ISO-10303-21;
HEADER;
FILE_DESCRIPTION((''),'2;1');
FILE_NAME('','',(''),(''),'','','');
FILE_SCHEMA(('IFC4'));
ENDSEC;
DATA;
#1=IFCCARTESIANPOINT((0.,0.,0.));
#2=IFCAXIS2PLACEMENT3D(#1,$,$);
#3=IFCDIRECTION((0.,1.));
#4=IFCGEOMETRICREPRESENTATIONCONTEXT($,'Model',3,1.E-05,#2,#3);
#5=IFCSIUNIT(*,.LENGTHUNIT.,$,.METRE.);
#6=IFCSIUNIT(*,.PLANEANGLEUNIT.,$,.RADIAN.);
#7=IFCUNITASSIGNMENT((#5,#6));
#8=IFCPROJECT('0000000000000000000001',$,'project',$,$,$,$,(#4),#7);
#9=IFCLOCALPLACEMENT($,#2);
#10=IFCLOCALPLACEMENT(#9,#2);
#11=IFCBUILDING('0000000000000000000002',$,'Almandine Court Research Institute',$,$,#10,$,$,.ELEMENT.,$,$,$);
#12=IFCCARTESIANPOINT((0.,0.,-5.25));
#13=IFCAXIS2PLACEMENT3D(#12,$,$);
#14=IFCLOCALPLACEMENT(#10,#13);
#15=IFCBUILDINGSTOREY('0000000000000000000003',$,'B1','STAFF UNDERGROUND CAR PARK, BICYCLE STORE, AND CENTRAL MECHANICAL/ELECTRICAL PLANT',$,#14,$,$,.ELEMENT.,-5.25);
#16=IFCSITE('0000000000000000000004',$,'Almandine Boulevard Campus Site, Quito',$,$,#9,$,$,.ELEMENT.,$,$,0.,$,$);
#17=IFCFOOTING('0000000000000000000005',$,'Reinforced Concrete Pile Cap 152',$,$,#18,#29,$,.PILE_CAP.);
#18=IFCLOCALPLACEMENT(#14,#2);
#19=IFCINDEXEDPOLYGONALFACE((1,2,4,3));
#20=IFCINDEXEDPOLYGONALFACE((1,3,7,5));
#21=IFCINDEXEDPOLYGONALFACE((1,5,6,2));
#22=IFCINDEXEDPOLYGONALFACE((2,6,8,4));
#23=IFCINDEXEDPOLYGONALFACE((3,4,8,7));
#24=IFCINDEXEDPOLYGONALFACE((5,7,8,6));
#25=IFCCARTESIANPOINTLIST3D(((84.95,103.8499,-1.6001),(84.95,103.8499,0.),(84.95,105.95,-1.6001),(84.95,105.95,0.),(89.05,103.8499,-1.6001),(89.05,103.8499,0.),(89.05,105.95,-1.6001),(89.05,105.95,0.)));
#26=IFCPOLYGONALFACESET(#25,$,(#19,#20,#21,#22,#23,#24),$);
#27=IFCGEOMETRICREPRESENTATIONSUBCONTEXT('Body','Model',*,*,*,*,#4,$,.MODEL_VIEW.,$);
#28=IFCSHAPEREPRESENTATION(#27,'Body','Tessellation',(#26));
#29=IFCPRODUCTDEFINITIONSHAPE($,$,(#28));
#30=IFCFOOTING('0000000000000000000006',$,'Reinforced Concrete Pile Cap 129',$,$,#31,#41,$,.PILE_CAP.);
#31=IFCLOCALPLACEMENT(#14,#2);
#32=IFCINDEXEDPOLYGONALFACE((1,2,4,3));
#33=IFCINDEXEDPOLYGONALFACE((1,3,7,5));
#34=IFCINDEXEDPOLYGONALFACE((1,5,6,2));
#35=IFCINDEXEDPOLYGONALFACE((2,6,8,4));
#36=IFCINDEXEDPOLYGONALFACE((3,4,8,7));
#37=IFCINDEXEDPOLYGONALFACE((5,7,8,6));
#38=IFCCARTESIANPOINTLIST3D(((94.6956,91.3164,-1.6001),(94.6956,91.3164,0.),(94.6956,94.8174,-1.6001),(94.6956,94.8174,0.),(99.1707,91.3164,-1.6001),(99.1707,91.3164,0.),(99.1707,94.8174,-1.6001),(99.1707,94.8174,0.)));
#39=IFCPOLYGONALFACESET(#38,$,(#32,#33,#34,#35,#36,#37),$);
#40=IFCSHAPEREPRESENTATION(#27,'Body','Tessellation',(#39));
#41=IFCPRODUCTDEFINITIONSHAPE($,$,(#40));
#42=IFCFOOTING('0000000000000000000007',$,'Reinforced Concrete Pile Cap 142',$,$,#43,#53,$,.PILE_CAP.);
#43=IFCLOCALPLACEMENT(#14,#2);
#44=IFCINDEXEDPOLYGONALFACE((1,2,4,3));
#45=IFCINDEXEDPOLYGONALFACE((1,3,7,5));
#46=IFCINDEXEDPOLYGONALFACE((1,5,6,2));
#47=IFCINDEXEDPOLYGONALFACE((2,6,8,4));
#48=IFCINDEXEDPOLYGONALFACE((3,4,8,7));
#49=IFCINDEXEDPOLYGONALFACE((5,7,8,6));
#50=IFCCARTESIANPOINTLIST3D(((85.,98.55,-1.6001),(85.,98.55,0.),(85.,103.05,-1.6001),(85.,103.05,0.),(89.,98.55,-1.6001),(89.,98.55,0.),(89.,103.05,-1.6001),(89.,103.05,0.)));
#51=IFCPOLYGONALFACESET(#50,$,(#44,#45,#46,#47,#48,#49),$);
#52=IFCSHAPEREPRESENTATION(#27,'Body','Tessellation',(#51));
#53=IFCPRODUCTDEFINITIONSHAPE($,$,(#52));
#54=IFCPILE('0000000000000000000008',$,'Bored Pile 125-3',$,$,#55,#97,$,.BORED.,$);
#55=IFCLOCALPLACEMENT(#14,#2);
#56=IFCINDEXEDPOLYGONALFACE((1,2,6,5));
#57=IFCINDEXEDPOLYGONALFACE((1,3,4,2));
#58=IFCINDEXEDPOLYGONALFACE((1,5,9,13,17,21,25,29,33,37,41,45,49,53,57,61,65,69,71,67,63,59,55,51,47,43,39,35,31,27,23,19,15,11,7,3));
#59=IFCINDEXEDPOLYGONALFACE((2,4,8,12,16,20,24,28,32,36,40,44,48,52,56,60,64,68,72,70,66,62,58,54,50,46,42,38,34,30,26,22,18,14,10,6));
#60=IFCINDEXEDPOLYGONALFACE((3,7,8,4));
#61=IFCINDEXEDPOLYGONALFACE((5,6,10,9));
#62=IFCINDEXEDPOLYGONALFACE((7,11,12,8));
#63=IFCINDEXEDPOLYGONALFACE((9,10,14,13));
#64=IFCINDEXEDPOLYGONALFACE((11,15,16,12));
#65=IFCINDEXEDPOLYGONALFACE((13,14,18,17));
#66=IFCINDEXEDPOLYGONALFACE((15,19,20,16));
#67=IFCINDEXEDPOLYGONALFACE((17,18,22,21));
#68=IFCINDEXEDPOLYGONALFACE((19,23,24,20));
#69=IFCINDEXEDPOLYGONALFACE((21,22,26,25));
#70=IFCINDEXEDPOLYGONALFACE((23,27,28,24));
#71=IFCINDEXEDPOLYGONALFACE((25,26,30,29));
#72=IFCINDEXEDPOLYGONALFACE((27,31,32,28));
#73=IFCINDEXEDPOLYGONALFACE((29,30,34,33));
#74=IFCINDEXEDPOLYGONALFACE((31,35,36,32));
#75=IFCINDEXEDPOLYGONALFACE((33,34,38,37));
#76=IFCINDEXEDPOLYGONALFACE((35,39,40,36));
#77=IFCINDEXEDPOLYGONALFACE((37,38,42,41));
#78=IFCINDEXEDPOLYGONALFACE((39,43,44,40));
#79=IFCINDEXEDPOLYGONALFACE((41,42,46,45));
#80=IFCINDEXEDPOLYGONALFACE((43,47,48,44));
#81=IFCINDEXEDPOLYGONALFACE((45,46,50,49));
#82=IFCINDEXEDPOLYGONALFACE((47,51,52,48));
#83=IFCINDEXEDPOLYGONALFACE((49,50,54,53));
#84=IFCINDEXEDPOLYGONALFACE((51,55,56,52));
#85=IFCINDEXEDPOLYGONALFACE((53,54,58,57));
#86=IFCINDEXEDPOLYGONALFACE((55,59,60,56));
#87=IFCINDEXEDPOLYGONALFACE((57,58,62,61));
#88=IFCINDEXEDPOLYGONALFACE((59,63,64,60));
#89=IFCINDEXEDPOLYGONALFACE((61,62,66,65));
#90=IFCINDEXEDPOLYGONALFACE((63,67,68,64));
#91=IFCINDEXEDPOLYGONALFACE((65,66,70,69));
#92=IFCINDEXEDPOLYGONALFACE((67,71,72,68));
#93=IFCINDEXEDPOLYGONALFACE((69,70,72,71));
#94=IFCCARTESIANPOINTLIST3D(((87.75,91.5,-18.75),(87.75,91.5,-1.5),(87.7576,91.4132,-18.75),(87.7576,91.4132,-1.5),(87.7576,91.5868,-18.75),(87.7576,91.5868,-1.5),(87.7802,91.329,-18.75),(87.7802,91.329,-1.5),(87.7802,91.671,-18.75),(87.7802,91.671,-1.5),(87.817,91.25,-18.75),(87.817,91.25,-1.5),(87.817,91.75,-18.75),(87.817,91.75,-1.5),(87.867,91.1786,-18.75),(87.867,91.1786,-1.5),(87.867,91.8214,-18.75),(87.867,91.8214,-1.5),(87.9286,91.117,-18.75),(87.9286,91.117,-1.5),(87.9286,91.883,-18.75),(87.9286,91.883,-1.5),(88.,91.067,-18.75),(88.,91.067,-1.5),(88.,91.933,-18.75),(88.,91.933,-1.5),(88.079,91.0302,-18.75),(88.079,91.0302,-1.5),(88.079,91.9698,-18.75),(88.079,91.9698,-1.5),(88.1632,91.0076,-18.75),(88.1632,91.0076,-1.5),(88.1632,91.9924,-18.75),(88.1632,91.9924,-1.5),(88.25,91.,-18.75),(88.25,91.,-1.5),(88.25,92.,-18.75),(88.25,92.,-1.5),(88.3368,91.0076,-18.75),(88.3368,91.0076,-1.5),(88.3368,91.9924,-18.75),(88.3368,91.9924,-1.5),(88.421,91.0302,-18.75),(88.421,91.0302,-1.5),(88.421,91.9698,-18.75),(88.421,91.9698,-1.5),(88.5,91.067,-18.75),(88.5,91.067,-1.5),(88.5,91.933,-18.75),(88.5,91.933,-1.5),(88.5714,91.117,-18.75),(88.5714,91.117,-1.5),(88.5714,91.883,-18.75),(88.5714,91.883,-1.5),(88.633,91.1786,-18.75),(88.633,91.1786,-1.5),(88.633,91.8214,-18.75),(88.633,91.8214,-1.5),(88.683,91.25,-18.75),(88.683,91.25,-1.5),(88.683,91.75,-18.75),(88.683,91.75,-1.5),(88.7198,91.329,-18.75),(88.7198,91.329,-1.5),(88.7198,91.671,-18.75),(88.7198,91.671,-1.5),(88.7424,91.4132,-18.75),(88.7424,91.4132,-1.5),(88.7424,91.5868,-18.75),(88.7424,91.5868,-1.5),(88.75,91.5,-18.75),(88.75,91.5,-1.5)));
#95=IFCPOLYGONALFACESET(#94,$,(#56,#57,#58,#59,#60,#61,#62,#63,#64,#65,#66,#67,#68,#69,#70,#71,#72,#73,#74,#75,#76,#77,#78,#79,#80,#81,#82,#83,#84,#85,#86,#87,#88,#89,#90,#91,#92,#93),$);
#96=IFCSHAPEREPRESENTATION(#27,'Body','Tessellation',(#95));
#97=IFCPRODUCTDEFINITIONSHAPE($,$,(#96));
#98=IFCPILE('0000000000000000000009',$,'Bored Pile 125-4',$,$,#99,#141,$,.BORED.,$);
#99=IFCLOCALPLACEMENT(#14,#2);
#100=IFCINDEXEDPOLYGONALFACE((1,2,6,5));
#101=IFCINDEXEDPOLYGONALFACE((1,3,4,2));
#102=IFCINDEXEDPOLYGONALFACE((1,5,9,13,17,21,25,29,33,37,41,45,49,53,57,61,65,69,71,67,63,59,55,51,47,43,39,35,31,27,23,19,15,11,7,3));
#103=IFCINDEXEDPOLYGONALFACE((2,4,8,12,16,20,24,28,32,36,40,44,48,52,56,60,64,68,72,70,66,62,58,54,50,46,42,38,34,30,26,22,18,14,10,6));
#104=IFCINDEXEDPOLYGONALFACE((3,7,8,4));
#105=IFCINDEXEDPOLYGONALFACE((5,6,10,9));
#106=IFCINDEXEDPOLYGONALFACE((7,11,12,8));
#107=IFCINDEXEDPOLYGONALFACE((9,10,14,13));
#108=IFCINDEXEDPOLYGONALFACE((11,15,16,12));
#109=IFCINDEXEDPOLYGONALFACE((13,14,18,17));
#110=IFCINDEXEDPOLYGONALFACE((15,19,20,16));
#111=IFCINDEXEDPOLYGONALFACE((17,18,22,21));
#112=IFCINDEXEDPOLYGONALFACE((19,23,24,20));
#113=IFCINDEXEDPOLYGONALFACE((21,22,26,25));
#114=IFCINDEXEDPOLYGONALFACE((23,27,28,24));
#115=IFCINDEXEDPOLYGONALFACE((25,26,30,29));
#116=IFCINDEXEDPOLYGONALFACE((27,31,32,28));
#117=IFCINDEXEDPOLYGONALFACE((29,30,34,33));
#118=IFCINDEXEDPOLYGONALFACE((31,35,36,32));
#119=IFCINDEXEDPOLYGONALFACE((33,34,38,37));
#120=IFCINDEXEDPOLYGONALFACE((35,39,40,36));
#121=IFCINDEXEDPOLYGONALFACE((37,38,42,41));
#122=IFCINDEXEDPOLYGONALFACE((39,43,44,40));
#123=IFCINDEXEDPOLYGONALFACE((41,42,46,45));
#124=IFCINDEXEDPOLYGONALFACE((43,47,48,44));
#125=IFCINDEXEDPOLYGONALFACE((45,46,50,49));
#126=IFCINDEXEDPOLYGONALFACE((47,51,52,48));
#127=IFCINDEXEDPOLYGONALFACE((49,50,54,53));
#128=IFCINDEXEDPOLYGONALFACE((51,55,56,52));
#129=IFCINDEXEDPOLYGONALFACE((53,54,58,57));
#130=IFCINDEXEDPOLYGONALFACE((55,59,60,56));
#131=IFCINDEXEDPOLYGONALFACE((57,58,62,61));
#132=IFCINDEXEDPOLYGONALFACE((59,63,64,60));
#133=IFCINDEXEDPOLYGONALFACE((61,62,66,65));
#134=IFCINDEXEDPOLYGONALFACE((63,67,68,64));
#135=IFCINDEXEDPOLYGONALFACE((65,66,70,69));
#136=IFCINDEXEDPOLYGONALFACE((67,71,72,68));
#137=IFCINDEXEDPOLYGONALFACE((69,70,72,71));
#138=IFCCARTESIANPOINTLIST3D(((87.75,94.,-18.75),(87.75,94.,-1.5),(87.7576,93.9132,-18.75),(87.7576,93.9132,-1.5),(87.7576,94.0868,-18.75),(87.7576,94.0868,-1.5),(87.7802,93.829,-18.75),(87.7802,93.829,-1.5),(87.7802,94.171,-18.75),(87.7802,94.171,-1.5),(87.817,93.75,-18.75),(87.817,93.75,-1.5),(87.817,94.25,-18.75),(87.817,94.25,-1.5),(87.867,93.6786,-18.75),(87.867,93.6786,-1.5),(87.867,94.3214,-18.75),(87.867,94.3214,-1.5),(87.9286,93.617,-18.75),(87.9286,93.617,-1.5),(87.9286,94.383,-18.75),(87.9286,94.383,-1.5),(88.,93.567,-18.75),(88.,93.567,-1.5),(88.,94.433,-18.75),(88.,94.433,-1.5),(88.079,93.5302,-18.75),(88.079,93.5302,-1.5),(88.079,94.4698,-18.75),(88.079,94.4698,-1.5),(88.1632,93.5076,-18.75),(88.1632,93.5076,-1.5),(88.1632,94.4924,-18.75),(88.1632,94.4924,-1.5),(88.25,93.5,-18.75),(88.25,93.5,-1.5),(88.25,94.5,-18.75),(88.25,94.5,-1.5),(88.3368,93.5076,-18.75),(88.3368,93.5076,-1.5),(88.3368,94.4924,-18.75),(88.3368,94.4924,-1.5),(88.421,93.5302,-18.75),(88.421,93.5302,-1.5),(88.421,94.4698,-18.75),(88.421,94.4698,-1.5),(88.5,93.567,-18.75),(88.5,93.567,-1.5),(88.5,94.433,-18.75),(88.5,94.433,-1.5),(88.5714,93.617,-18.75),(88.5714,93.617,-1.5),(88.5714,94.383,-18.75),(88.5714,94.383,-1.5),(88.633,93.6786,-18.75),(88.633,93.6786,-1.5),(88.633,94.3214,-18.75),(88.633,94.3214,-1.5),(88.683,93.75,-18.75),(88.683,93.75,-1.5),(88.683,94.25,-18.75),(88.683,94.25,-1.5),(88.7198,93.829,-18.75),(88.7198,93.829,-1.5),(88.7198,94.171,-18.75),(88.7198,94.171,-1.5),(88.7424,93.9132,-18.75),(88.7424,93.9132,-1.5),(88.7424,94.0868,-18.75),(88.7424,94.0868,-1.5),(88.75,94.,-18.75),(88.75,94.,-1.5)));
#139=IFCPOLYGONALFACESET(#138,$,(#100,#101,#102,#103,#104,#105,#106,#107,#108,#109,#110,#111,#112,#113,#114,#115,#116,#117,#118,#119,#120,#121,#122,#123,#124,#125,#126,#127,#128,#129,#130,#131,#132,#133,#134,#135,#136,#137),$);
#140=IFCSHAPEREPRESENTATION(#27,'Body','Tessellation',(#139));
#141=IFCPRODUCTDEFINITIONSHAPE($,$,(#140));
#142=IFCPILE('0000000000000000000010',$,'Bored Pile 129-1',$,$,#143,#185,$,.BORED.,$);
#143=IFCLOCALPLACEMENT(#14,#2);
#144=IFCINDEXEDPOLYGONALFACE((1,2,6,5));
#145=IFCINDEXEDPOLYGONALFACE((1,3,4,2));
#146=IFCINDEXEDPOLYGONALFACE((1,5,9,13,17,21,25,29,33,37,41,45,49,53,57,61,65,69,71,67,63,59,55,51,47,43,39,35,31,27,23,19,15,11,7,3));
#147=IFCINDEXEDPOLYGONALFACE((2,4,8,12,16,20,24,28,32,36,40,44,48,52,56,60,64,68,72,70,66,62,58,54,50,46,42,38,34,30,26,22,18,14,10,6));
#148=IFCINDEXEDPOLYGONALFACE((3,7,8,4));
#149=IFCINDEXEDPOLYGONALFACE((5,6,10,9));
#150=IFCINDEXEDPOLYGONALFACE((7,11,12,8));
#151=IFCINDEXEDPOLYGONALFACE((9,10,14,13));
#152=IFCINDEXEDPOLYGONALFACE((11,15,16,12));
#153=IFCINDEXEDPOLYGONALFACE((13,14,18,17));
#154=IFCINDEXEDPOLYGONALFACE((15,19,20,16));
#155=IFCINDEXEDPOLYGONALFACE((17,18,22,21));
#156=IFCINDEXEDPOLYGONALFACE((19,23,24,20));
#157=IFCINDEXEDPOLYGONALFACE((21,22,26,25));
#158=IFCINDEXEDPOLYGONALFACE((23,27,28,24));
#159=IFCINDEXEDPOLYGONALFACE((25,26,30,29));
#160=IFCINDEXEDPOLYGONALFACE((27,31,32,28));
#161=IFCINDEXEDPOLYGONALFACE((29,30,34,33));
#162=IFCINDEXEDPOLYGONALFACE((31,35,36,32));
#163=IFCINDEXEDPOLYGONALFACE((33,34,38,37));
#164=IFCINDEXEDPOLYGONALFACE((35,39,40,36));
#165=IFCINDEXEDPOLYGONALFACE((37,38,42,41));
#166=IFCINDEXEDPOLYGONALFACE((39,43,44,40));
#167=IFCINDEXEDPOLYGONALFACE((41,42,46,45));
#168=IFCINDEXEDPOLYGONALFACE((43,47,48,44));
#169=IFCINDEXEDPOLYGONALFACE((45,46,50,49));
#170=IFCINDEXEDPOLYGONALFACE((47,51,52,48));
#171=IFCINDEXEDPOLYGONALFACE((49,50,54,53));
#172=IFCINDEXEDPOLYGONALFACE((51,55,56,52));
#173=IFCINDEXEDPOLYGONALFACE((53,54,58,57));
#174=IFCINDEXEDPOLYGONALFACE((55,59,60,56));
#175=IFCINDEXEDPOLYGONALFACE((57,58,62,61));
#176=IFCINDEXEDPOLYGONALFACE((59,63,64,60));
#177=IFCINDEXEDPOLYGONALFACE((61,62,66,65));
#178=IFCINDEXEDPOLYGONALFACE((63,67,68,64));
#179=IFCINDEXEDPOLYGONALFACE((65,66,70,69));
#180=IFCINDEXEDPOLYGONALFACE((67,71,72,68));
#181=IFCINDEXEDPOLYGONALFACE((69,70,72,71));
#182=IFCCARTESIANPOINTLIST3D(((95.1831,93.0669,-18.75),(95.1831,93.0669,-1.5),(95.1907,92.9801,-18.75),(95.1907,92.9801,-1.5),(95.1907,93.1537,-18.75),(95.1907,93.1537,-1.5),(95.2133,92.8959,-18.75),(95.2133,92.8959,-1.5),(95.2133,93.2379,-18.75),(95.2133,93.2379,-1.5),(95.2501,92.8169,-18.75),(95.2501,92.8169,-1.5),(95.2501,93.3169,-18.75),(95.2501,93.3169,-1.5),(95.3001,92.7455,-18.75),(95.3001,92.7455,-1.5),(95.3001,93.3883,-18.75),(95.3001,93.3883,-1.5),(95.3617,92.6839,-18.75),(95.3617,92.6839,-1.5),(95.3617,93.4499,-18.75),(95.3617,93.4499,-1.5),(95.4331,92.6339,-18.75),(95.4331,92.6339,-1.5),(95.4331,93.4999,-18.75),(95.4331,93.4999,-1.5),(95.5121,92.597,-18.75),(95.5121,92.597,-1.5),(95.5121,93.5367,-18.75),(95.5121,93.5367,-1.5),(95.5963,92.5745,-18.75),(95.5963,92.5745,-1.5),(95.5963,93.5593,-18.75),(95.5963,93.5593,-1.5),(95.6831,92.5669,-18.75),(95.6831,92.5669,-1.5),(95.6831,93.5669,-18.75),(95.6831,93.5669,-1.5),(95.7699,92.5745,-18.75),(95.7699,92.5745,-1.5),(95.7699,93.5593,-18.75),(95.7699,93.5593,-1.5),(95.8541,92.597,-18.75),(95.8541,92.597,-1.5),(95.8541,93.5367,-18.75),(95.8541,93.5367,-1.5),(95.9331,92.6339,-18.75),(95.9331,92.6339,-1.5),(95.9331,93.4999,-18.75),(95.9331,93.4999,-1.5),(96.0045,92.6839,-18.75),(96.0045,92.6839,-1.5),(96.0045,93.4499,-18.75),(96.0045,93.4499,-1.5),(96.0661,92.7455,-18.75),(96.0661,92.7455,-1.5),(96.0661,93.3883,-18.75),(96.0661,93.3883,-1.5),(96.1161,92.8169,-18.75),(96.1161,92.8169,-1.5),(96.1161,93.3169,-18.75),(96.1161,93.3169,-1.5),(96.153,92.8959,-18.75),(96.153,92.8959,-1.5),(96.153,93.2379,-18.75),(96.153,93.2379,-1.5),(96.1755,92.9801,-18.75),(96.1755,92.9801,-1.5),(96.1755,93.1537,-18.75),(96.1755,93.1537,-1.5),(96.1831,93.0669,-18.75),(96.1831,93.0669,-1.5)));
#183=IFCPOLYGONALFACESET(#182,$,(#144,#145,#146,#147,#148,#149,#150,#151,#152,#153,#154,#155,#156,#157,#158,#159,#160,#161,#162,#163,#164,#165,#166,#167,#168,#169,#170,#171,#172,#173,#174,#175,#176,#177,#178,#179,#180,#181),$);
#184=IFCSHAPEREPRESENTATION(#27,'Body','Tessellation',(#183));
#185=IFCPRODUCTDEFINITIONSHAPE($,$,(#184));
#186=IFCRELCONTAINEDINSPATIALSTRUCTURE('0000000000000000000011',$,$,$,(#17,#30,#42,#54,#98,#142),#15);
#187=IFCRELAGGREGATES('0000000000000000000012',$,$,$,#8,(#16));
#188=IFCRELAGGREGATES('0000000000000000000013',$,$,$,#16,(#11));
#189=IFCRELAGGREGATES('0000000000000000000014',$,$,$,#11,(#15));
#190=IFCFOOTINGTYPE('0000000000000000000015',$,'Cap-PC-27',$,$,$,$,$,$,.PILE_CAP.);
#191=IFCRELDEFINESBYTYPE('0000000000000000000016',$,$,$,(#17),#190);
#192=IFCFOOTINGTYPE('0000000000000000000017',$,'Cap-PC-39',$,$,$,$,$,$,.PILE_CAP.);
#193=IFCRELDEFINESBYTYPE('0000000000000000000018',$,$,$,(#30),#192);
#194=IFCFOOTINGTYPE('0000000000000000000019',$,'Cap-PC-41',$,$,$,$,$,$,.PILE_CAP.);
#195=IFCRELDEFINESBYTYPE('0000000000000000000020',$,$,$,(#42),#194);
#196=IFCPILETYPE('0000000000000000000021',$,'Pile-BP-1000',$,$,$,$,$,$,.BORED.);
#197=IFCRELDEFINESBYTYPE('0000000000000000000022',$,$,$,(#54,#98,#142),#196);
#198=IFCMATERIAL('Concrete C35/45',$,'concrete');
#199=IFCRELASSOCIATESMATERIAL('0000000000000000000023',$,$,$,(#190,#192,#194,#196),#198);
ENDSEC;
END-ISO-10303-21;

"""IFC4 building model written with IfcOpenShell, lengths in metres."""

from ifc_helpers import new_model, si_unit, direction, frame, origin, origin_2d, place, context, subcontext, project, spatial, rectangle, circle, extrude, material, material_profile, profile_set, type_object, element, save


model = new_model("IFC4")

# Units and contexts
model_context = context("Model", 3, precision=1e-05, world=origin(), true_north=direction((0.0, 1.0)))
body_context = subcontext(model_context, "Body", "Model", "MODEL_VIEW")
ifc_project = project(units=[si_unit("LENGTHUNIT", "METRE"), si_unit("PLANEANGLEUNIT", "RADIAN")], contexts=[model_context])

# Site, building, storey
site_placement = place(None, origin())
site = spatial("IfcSite", under=ifc_project, at=site_placement, Name="Almandine Boulevard Campus Site, Quito", CompositionType="ELEMENT", RefElevation=0.0)
building_placement = place(site_placement, origin())
building = spatial("IfcBuilding", under=site, at=building_placement, Name="Almandine Court Research Institute", CompositionType="ELEMENT")
storey_placement = place(building_placement, frame((0.0, 0.0, -5.25)))
storey = spatial("IfcBuildingStorey", under=building, at=storey_placement, Name="B1", Description="STAFF UNDERGROUND CAR PARK, BICYCLE STORE, AND CENTRAL MECHANICAL/ELECTRICAL PLANT", CompositionType="ELEMENT", Elevation=-5.25)

# Footings
ifc_material_1 = material(Name="Concrete C35/45", Category="concrete")
footing_type_1 = type_object("IfcFootingType", Name="Cap-PC-27", PredefinedType="PILE_CAP", material=ifc_material_1)
footing_1_placement = place(storey_placement, frame((87.0, 104.8999, -1.6001), z_axis=(0.0, 0.0, 1.0), x_axis=(1.0, 0.0, 0.0)))
element("IfcFooting", 1, at=footing_1_placement, inside=storey, type_object=footing_type_1, Name="Reinforced Concrete Pile Cap 152", PredefinedType="PILE_CAP", context=body_context, shape_type="SweptSolid", body=[
    extrude(rectangle(XDim=4.1001, YDim=2.1001, at=origin_2d()), origin(), (0.0, 0.0, 1.0), 1.6001),
])
footing_type_2 = type_object("IfcFootingType", Name="Cap-PC-39", PredefinedType="PILE_CAP", material=ifc_material_1)
footing_2_placement = place(storey_placement, frame((96.9331, 93.0669, -1.6001), z_axis=(0.0, 0.0, 1.0), x_axis=(1.0, 0.0, 0.0)))
element("IfcFooting", 2, at=footing_2_placement, inside=storey, type_object=footing_type_2, Name="Reinforced Concrete Pile Cap 129", PredefinedType="PILE_CAP", context=body_context, shape_type="SweptSolid", body=[
    extrude(rectangle(XDim=4.4751, YDim=3.501, at=origin_2d()), origin(), (0.0, 0.0, 1.0), 1.6001),
])
footing_type_3 = type_object("IfcFootingType", Name="Cap-PC-41", PredefinedType="PILE_CAP", material=ifc_material_1)
footing_3_placement = place(storey_placement, frame((87.0, 100.8, -1.6001), z_axis=(0.0, 0.0, 1.0), x_axis=(1.0, 0.0, 0.0)))
element("IfcFooting", 3, at=footing_3_placement, inside=storey, type_object=footing_type_3, Name="Reinforced Concrete Pile Cap 142", PredefinedType="PILE_CAP", context=body_context, shape_type="SweptSolid", body=[
    extrude(rectangle(XDim=4.0, YDim=4.5, at=origin_2d()), origin(), (0.0, 0.0, 1.0), 1.6001),
])

# Piles
ifc_material_profile_1 = material_profile(ifc_material_1, circle(Radius=0.5, at=origin_2d()), Name="BORED PILE D1000")
ifc_profile_set_1 = profile_set([ifc_material_profile_1], Name="Concrete C35/45")
pile_type = type_object("IfcPileType", Name="Pile-BP-1000", PredefinedType="BORED", material=ifc_profile_set_1)
for number, where, z_axis, x_axis, name in (
    (4, (88.25, 91.5, -1.5), (0.0, 0.0, -1.0), (1.0, 0.0, 0.0), "Bored Pile 125-3"),
    (5, (88.25, 94.0, -1.5), (0.0, 0.0, -1.0), (1.0, 0.0, 0.0), "Bored Pile 125-4"),
    (6, (95.6831, 93.0669, -1.5), (0.0, 0.0, -1.0), (1.0, 0.0, 0.0), "Bored Pile 129-1"),
):
    element("IfcPile", number, at=place(storey_placement, frame(where, z_axis=z_axis, x_axis=x_axis)), inside=storey, type_object=pile_type, Name=name, PredefinedType="BORED", context=body_context, shape_type="SweptSolid", body=[
        extrude(circle(Radius=0.5, at=origin_2d()), origin(), (0.0, 0.0, 1.0), 17.25),
    ])

save(model, "model.ifc")
